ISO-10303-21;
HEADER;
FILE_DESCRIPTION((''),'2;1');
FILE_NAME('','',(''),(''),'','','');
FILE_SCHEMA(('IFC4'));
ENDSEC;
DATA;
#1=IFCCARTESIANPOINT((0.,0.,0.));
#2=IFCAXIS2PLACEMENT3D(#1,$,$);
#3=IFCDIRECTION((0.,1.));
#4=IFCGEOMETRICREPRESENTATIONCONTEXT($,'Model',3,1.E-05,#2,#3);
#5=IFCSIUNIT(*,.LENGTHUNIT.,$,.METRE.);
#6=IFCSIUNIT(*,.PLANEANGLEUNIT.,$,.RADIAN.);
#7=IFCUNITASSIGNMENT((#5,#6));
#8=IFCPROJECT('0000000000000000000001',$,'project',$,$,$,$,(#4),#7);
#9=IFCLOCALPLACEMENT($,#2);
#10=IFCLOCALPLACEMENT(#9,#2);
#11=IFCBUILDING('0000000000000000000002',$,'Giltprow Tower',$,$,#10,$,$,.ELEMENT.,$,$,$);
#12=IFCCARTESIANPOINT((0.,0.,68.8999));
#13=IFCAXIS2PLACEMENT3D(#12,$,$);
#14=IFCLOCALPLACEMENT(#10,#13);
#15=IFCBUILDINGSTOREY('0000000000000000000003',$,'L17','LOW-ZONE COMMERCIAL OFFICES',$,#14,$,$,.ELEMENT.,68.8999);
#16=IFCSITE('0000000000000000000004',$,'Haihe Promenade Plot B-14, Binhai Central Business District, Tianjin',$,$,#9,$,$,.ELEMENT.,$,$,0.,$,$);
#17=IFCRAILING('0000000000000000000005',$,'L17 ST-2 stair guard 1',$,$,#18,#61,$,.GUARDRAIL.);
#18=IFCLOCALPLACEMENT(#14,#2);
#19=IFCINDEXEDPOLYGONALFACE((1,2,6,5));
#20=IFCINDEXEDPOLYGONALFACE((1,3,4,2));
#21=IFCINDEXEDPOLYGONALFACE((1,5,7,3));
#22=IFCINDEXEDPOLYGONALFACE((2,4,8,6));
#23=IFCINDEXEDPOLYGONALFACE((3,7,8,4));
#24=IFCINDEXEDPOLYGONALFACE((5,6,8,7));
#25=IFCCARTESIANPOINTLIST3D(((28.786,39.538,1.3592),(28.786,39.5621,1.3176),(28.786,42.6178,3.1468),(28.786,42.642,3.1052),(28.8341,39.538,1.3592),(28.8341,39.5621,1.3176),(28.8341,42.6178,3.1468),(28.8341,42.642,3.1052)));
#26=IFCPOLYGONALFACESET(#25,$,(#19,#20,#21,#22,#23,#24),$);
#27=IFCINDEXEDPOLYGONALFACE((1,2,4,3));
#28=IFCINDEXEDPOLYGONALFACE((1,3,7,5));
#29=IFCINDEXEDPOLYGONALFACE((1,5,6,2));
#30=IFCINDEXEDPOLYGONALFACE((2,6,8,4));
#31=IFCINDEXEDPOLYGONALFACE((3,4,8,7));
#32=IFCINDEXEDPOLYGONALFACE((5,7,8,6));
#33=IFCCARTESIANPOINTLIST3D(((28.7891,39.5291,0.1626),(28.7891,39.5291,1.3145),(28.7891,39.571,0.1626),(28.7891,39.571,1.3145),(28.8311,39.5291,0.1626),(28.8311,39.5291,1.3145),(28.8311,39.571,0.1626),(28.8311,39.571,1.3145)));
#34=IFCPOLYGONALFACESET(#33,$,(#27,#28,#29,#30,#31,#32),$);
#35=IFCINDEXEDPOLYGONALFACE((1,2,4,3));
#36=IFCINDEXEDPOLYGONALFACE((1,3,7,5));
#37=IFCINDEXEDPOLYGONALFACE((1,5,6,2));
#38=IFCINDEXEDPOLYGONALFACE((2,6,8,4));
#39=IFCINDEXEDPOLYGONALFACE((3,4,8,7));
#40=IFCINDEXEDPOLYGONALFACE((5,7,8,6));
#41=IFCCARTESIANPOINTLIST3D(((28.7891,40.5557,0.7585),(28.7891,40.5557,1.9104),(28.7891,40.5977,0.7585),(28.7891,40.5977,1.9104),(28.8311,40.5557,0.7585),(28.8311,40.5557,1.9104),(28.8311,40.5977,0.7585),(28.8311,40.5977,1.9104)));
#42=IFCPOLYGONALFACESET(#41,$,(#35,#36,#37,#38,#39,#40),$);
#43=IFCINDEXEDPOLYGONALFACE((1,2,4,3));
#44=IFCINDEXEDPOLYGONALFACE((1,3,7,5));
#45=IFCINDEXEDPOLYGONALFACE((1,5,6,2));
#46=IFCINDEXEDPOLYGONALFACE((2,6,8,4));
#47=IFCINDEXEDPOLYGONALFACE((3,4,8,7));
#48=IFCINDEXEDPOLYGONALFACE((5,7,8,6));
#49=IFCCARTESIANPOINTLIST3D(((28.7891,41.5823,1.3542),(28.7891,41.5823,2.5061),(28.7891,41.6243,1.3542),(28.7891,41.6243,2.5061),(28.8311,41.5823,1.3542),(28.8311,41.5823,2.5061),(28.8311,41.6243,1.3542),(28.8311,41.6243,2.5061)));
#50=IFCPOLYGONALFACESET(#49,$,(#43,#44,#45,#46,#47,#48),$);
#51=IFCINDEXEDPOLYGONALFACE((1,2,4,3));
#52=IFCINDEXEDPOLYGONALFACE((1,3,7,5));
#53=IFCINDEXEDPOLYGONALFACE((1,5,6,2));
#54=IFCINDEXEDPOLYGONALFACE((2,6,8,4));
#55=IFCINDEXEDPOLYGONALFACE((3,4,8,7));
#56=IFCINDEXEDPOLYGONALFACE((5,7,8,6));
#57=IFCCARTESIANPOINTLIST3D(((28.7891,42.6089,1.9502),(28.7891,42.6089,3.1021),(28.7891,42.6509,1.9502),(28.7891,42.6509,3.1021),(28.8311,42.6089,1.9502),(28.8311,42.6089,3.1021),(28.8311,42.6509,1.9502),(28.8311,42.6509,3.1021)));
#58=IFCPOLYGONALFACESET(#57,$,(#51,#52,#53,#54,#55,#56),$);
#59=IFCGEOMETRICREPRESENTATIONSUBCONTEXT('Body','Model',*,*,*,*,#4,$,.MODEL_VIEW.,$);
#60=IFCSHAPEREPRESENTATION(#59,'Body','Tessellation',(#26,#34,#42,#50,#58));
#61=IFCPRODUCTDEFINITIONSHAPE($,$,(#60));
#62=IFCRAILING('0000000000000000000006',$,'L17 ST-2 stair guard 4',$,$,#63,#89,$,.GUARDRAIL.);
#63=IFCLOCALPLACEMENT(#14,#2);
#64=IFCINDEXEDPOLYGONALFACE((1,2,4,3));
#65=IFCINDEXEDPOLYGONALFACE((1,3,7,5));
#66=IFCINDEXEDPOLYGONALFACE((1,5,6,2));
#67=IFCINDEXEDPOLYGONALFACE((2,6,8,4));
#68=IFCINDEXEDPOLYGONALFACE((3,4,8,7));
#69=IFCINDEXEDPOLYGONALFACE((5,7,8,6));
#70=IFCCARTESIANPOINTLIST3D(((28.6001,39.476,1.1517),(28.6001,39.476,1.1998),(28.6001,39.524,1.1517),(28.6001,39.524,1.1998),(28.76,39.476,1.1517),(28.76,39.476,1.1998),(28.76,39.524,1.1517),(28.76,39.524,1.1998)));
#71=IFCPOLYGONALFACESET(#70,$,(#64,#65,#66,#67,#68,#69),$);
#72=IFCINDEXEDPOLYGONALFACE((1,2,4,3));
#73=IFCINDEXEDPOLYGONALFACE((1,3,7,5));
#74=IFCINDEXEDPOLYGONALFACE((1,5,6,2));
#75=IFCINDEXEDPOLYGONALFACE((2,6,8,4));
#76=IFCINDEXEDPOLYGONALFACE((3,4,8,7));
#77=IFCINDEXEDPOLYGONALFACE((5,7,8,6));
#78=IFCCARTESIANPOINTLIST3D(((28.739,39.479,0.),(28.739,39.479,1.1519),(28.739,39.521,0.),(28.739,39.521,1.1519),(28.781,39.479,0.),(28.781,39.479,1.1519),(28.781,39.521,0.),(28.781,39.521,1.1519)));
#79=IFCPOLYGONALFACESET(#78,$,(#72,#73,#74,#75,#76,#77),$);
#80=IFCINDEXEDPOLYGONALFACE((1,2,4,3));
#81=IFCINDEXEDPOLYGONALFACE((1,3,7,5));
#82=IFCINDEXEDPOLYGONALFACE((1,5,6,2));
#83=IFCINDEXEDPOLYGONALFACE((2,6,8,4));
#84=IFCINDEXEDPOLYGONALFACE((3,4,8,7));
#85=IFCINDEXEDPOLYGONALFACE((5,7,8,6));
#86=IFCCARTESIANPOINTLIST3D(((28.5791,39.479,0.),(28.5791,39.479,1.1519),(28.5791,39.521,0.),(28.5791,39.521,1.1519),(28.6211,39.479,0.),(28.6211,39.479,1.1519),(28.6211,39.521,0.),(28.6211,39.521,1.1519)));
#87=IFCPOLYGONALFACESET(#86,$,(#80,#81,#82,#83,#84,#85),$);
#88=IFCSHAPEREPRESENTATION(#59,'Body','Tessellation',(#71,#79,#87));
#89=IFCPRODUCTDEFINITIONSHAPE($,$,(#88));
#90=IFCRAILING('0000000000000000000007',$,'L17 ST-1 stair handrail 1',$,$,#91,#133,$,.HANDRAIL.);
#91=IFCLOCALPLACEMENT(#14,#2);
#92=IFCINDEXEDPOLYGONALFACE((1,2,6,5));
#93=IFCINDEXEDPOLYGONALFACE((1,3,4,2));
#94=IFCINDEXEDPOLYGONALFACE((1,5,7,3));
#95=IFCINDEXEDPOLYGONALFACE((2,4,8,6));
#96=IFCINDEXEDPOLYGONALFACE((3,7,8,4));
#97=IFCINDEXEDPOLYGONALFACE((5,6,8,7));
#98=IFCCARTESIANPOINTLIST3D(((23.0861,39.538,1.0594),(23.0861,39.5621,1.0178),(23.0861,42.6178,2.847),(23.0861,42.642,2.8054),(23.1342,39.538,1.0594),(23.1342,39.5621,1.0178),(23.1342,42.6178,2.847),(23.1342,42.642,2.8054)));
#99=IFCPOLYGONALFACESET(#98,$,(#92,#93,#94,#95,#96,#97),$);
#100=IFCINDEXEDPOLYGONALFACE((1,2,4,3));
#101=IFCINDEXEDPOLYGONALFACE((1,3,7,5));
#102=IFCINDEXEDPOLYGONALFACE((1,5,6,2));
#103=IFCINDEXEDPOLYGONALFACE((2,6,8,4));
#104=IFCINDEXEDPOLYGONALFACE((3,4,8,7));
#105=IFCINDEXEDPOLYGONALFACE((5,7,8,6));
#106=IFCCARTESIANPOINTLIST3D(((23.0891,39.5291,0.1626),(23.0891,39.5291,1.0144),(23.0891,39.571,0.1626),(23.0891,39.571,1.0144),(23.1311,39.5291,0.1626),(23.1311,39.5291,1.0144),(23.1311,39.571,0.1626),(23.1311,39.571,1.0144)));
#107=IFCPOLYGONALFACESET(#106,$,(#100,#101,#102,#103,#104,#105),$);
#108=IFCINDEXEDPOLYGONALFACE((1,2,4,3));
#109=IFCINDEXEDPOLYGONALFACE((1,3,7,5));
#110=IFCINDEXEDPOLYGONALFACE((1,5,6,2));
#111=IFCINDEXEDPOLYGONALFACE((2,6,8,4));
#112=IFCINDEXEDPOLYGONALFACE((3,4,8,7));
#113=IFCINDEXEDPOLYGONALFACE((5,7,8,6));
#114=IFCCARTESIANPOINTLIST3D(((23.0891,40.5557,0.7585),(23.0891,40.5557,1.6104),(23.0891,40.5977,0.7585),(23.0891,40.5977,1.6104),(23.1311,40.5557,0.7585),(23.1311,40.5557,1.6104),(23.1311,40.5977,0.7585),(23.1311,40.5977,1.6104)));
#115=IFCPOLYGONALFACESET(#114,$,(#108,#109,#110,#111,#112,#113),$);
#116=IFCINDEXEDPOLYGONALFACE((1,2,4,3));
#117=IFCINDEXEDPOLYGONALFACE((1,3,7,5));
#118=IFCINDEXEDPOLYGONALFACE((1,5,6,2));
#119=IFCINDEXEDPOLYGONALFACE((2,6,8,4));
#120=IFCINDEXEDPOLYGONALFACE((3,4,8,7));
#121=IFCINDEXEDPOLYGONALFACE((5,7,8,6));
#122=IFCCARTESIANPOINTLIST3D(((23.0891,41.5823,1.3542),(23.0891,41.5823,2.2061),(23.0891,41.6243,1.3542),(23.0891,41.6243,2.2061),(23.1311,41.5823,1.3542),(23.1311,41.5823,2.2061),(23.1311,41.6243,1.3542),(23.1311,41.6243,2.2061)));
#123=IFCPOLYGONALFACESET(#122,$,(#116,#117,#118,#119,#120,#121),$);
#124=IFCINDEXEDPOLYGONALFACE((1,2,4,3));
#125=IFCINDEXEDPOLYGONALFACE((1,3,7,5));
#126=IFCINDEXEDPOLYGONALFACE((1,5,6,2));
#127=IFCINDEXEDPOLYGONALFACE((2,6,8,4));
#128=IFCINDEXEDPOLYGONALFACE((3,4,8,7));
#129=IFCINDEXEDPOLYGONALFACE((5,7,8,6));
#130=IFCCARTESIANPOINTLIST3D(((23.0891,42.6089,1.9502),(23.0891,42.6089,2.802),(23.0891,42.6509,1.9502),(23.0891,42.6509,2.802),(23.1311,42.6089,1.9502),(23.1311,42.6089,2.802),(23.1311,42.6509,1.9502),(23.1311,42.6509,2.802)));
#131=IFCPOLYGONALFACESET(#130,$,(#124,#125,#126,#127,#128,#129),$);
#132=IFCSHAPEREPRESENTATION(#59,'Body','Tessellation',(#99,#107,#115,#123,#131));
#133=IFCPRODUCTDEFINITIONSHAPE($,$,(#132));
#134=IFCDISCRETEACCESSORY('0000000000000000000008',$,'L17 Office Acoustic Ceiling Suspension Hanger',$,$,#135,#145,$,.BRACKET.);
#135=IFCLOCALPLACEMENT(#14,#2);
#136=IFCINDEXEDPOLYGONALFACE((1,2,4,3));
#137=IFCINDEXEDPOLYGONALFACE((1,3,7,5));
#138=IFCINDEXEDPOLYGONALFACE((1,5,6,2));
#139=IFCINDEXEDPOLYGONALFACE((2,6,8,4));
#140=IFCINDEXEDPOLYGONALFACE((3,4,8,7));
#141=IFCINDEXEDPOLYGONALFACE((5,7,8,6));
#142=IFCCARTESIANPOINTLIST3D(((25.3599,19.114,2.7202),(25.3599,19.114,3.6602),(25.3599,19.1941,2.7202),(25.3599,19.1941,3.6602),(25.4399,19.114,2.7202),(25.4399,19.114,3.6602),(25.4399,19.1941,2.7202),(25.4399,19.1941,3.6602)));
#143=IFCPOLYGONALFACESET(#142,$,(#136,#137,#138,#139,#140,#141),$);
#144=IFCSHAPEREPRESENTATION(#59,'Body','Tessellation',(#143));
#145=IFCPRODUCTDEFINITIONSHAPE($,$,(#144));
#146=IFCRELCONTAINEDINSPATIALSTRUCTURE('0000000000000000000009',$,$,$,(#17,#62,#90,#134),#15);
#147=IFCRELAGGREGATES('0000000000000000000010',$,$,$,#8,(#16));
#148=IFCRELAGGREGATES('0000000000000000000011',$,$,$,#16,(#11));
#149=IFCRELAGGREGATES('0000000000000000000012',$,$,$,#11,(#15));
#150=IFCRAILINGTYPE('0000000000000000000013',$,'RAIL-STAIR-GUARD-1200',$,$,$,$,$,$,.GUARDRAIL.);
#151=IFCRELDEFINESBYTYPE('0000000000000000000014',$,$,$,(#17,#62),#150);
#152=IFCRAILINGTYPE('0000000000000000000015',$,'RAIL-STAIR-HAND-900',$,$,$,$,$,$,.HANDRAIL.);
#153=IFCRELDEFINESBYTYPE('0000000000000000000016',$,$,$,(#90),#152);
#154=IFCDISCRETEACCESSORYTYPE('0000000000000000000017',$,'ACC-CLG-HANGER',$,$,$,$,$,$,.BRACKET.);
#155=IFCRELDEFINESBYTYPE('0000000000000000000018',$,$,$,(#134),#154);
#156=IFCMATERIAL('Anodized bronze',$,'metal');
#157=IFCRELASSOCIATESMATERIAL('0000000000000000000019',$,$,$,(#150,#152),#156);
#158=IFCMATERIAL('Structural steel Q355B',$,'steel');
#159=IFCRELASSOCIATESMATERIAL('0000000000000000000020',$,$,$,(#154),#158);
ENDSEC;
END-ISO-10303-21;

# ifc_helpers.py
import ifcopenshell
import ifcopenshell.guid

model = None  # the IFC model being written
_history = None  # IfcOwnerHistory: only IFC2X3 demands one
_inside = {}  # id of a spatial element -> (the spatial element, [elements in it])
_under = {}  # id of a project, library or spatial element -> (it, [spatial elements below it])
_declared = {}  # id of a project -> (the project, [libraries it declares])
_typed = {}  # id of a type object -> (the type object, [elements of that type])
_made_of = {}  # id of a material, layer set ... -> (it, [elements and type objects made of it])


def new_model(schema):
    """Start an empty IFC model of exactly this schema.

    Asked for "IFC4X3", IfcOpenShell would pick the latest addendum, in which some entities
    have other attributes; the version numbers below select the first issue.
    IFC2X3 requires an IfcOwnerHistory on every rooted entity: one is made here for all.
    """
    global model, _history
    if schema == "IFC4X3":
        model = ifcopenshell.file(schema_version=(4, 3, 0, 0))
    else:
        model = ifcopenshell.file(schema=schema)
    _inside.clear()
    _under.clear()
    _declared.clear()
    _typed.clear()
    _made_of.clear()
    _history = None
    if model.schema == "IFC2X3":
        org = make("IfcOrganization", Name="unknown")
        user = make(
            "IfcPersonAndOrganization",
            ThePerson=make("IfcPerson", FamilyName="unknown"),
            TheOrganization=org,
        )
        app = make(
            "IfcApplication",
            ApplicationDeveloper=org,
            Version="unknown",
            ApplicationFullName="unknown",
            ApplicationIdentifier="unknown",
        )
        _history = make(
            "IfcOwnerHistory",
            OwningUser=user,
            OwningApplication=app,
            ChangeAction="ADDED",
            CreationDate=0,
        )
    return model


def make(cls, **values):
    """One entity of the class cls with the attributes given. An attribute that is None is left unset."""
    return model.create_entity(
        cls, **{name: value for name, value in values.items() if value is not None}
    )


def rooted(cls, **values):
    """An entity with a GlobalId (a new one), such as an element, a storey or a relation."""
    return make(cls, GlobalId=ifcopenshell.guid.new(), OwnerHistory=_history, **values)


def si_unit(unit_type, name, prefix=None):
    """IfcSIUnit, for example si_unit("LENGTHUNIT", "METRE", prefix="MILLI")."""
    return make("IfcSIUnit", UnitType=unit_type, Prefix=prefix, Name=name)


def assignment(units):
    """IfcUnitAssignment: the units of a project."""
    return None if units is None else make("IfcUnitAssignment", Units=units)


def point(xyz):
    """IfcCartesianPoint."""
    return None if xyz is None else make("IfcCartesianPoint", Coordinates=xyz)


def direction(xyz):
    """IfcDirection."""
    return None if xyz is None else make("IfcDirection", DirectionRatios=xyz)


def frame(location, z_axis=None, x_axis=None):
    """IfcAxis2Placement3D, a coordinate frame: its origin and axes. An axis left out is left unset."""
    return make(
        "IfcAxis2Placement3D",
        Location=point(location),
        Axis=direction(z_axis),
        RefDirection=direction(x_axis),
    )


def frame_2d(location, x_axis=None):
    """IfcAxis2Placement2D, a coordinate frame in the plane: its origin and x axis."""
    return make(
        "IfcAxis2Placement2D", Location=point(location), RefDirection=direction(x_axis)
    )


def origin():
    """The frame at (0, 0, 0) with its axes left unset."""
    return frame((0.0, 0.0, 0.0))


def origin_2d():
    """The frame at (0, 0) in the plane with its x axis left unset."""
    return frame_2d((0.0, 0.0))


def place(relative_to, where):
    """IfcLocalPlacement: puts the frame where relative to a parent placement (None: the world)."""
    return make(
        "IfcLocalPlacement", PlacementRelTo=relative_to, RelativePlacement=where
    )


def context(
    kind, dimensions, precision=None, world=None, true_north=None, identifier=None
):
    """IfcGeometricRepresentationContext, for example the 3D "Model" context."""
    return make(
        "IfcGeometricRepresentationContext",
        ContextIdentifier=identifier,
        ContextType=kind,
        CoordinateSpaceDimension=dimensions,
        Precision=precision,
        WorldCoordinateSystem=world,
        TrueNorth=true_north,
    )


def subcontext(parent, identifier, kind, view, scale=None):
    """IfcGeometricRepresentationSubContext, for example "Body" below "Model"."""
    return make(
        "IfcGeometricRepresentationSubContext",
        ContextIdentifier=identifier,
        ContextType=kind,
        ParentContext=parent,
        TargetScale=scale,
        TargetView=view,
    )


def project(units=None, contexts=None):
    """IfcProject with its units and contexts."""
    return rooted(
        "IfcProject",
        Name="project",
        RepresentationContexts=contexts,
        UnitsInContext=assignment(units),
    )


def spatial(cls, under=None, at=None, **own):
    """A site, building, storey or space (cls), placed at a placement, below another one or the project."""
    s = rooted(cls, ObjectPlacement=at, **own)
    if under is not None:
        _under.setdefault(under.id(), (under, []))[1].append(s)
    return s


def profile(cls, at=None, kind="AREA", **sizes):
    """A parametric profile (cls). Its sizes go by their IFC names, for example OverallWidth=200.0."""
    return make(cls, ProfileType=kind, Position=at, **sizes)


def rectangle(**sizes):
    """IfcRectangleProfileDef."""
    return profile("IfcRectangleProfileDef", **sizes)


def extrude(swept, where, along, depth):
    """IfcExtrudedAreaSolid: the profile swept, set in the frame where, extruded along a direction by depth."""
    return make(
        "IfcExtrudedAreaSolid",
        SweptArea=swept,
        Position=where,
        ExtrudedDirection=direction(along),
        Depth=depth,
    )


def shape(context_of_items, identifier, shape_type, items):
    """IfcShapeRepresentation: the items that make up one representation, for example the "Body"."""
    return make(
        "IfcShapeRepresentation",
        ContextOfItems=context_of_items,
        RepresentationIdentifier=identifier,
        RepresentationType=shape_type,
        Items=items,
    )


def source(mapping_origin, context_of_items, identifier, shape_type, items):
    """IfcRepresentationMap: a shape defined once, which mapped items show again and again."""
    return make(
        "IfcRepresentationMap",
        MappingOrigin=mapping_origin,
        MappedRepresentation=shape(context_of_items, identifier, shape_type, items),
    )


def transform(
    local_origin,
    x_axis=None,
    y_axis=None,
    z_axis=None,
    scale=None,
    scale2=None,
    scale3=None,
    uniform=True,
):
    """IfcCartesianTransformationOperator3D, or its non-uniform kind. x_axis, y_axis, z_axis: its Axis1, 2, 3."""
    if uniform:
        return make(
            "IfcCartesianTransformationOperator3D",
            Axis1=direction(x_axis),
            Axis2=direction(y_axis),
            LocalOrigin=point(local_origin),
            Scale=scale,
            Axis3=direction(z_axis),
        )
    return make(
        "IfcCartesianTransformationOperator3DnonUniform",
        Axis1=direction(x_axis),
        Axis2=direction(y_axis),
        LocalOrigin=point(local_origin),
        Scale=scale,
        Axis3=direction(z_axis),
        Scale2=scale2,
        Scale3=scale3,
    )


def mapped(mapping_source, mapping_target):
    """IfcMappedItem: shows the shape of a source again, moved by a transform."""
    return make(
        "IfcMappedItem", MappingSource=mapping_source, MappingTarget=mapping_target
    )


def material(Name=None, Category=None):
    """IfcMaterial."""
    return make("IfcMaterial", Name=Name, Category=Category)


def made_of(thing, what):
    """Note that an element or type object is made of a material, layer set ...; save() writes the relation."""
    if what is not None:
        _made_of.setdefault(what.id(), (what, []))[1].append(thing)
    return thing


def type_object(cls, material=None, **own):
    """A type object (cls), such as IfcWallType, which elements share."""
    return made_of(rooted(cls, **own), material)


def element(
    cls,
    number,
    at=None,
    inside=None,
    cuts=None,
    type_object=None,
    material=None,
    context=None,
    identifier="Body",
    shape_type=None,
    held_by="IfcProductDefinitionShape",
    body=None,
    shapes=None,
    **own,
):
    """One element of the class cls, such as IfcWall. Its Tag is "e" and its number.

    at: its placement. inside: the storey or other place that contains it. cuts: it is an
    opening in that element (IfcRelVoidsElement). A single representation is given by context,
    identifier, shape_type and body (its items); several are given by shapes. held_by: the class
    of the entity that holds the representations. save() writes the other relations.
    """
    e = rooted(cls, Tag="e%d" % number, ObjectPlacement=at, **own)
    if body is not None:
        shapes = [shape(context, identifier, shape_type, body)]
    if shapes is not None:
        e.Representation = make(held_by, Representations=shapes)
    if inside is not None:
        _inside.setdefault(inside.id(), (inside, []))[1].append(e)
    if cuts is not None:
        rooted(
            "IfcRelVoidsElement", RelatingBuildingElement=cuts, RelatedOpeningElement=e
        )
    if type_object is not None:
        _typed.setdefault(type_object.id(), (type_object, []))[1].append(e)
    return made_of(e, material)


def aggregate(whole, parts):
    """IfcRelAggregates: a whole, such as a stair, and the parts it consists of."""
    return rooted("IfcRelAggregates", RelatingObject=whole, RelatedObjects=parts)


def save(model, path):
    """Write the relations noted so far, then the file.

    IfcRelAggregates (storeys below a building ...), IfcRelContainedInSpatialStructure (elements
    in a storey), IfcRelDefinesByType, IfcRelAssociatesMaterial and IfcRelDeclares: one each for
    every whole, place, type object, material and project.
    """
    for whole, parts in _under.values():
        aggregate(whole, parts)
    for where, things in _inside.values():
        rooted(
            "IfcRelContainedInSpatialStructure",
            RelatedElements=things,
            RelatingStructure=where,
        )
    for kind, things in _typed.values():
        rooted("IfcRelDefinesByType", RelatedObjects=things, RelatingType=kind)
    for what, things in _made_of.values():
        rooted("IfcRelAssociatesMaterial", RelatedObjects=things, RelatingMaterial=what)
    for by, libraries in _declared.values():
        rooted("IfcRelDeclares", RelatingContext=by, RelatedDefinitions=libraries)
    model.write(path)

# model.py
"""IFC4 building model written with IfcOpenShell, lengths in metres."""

from ifc_helpers import new_model, si_unit, direction, frame, origin, origin_2d, place, context, subcontext, project, spatial, rectangle, extrude, source, transform, mapped, material, type_object, element, save


model = new_model("IFC4")

# Units and contexts
model_context = context("Model", 3, precision=1e-05, world=origin(), true_north=direction((0.0, 1.0)))
body_context = subcontext(model_context, "Body", "Model", "MODEL_VIEW")
ifc_project = project(units=[si_unit("LENGTHUNIT", "METRE"), si_unit("PLANEANGLEUNIT", "RADIAN")], contexts=[model_context])

# Site, building, storey
site_placement = place(None, origin())
site = spatial("IfcSite", under=ifc_project, at=site_placement, Name="Haihe Promenade Plot B-14, Binhai Central Business District, Tianjin", CompositionType="ELEMENT", RefElevation=0.0)
building_placement = place(site_placement, origin())
building = spatial("IfcBuilding", under=site, at=building_placement, Name="Giltprow Tower", CompositionType="ELEMENT")
storey_placement = place(building_placement, frame((0.0, 0.0, 68.8999)))
storey = spatial("IfcBuildingStorey", under=building, at=storey_placement, Name="L17", Description="LOW-ZONE COMMERCIAL OFFICES", CompositionType="ELEMENT", Elevation=68.8999)

# Shared definitions
ifc_material_1 = material(Name="Structural steel Q355B", Category="steel")

# Railings
ifc_material_2 = material(Name="Anodized bronze", Category="metal")
railing_type_1 = type_object("IfcRailingType", Name="RAIL-STAIR-GUARD-1200", PredefinedType="GUARDRAIL", material=ifc_material_2)
railing_1_placement = place(storey_placement, frame((28.8101, 39.55, 0.1626)))
element("IfcRailing", 1, at=railing_1_placement, inside=storey, type_object=railing_type_1, Name="L17 ST-2 stair guard 1", PredefinedType="GUARDRAIL", context=body_context, shape_type="SweptSolid", body=[
    extrude(rectangle(XDim=0.0481, YDim=0.0481, at=origin_2d()), frame((0.0, 0.0, 1.1758), z_axis=(0.0, 0.864873, 0.50199), x_axis=(-1.0, 0.0, 0.0)), (0.0, 0.0, 1.0), 3.561),
    extrude(rectangle(XDim=0.042, YDim=0.042, at=origin_2d()), origin(), (0.0, 0.0, 1.0), 1.1519),
    extrude(rectangle(XDim=0.042, YDim=0.042, at=origin_2d()), frame((0.0, 1.0266, 0.5959)), (0.0, 0.0, 1.0), 1.1519),
    extrude(rectangle(XDim=0.042, YDim=0.042, at=origin_2d()), frame((0.0, 2.0532, 1.1917)), (0.0, 0.0, 1.0), 1.1519),
    extrude(rectangle(XDim=0.042, YDim=0.042, at=origin_2d()), frame((0.0, 3.0798, 1.7876)), (0.0, 0.0, 1.0), 1.1519),
])
railing_2_placement = place(storey_placement, frame((28.76, 39.5, 0.0)))
element("IfcRailing", 2, at=railing_2_placement, inside=storey, type_object=railing_type_1, Name="L17 ST-2 stair guard 4", PredefinedType="GUARDRAIL", context=body_context, shape_type="SweptSolid", body=[
    extrude(rectangle(XDim=0.0481, YDim=0.0481, at=origin_2d()), frame((0.0, 0.0, 1.1758), z_axis=(-1.0, 0.0, 0.0), x_axis=(0.0, -1.0, 0.0)), (0.0, 0.0, 1.0), 0.1599),
    extrude(rectangle(XDim=0.042, YDim=0.042, at=origin_2d()), origin(), (0.0, 0.0, 1.0), 1.1519),
    extrude(rectangle(XDim=0.042, YDim=0.042, at=origin_2d()), frame((-0.1599, 0.0, 0.0)), (0.0, 0.0, 1.0), 1.1519),
])
railing_type_2 = type_object("IfcRailingType", Name="RAIL-STAIR-HAND-900", PredefinedType="HANDRAIL", material=ifc_material_2)
railing_3_placement = place(storey_placement, frame((23.1101, 39.55, 0.1626)))
element("IfcRailing", 3, at=railing_3_placement, inside=storey, type_object=railing_type_2, Name="L17 ST-1 stair handrail 1", PredefinedType="HANDRAIL", context=body_context, shape_type="SweptSolid", body=[
    extrude(rectangle(XDim=0.0481, YDim=0.0481, at=origin_2d()), frame((0.0, 0.0, 0.876), z_axis=(0.0, 0.864873, 0.50199), x_axis=(-1.0, 0.0, 0.0)), (0.0, 0.0, 1.0), 3.561),
    extrude(rectangle(XDim=0.042, YDim=0.042, at=origin_2d()), origin(), (0.0, 0.0, 1.0), 0.8518),
    extrude(rectangle(XDim=0.042, YDim=0.042, at=origin_2d()), frame((0.0, 1.0266, 0.5959)), (0.0, 0.0, 1.0), 0.8518),
    extrude(rectangle(XDim=0.042, YDim=0.042, at=origin_2d()), frame((0.0, 2.0532, 1.1917)), (0.0, 0.0, 1.0), 0.8518),
    extrude(rectangle(XDim=0.042, YDim=0.042, at=origin_2d()), frame((0.0, 3.0798, 1.7876)), (0.0, 0.0, 1.0), 0.8518),
])

# Discrete accessory
discrete_accessory_type = type_object("IfcDiscreteAccessoryType", Name="ACC-CLG-HANGER", PredefinedType="BRACKET", material=ifc_material_1)
shared_shape_1 = source(origin(), body_context, "Body", "SweptSolid", [
    extrude(rectangle(XDim=0.0801, YDim=0.0801, at=origin_2d()), origin(), (0.0, 0.0, 1.0), 0.9399),
])
discrete_accessory_placement = place(storey_placement, frame((25.3999, 19.1541, 2.7202), z_axis=(0.0, 0.0, 1.0), x_axis=(1.0, 0.0, 0.0)))
element("IfcDiscreteAccessory", 4, at=discrete_accessory_placement, inside=storey, type_object=discrete_accessory_type, Name="L17 Office Acoustic Ceiling Suspension Hanger", PredefinedType="BRACKET", context=body_context, shape_type="MappedRepresentation", body=[
    mapped(shared_shape_1, transform((0.0, 0.0, 0.0), x_axis=(1.0, 0.0, 0.0), y_axis=(0.0, 1.0, 0.0), z_axis=(0.0, 0.0, 1.0), scale=1.0)),
])

save(model, "model.ifc")
